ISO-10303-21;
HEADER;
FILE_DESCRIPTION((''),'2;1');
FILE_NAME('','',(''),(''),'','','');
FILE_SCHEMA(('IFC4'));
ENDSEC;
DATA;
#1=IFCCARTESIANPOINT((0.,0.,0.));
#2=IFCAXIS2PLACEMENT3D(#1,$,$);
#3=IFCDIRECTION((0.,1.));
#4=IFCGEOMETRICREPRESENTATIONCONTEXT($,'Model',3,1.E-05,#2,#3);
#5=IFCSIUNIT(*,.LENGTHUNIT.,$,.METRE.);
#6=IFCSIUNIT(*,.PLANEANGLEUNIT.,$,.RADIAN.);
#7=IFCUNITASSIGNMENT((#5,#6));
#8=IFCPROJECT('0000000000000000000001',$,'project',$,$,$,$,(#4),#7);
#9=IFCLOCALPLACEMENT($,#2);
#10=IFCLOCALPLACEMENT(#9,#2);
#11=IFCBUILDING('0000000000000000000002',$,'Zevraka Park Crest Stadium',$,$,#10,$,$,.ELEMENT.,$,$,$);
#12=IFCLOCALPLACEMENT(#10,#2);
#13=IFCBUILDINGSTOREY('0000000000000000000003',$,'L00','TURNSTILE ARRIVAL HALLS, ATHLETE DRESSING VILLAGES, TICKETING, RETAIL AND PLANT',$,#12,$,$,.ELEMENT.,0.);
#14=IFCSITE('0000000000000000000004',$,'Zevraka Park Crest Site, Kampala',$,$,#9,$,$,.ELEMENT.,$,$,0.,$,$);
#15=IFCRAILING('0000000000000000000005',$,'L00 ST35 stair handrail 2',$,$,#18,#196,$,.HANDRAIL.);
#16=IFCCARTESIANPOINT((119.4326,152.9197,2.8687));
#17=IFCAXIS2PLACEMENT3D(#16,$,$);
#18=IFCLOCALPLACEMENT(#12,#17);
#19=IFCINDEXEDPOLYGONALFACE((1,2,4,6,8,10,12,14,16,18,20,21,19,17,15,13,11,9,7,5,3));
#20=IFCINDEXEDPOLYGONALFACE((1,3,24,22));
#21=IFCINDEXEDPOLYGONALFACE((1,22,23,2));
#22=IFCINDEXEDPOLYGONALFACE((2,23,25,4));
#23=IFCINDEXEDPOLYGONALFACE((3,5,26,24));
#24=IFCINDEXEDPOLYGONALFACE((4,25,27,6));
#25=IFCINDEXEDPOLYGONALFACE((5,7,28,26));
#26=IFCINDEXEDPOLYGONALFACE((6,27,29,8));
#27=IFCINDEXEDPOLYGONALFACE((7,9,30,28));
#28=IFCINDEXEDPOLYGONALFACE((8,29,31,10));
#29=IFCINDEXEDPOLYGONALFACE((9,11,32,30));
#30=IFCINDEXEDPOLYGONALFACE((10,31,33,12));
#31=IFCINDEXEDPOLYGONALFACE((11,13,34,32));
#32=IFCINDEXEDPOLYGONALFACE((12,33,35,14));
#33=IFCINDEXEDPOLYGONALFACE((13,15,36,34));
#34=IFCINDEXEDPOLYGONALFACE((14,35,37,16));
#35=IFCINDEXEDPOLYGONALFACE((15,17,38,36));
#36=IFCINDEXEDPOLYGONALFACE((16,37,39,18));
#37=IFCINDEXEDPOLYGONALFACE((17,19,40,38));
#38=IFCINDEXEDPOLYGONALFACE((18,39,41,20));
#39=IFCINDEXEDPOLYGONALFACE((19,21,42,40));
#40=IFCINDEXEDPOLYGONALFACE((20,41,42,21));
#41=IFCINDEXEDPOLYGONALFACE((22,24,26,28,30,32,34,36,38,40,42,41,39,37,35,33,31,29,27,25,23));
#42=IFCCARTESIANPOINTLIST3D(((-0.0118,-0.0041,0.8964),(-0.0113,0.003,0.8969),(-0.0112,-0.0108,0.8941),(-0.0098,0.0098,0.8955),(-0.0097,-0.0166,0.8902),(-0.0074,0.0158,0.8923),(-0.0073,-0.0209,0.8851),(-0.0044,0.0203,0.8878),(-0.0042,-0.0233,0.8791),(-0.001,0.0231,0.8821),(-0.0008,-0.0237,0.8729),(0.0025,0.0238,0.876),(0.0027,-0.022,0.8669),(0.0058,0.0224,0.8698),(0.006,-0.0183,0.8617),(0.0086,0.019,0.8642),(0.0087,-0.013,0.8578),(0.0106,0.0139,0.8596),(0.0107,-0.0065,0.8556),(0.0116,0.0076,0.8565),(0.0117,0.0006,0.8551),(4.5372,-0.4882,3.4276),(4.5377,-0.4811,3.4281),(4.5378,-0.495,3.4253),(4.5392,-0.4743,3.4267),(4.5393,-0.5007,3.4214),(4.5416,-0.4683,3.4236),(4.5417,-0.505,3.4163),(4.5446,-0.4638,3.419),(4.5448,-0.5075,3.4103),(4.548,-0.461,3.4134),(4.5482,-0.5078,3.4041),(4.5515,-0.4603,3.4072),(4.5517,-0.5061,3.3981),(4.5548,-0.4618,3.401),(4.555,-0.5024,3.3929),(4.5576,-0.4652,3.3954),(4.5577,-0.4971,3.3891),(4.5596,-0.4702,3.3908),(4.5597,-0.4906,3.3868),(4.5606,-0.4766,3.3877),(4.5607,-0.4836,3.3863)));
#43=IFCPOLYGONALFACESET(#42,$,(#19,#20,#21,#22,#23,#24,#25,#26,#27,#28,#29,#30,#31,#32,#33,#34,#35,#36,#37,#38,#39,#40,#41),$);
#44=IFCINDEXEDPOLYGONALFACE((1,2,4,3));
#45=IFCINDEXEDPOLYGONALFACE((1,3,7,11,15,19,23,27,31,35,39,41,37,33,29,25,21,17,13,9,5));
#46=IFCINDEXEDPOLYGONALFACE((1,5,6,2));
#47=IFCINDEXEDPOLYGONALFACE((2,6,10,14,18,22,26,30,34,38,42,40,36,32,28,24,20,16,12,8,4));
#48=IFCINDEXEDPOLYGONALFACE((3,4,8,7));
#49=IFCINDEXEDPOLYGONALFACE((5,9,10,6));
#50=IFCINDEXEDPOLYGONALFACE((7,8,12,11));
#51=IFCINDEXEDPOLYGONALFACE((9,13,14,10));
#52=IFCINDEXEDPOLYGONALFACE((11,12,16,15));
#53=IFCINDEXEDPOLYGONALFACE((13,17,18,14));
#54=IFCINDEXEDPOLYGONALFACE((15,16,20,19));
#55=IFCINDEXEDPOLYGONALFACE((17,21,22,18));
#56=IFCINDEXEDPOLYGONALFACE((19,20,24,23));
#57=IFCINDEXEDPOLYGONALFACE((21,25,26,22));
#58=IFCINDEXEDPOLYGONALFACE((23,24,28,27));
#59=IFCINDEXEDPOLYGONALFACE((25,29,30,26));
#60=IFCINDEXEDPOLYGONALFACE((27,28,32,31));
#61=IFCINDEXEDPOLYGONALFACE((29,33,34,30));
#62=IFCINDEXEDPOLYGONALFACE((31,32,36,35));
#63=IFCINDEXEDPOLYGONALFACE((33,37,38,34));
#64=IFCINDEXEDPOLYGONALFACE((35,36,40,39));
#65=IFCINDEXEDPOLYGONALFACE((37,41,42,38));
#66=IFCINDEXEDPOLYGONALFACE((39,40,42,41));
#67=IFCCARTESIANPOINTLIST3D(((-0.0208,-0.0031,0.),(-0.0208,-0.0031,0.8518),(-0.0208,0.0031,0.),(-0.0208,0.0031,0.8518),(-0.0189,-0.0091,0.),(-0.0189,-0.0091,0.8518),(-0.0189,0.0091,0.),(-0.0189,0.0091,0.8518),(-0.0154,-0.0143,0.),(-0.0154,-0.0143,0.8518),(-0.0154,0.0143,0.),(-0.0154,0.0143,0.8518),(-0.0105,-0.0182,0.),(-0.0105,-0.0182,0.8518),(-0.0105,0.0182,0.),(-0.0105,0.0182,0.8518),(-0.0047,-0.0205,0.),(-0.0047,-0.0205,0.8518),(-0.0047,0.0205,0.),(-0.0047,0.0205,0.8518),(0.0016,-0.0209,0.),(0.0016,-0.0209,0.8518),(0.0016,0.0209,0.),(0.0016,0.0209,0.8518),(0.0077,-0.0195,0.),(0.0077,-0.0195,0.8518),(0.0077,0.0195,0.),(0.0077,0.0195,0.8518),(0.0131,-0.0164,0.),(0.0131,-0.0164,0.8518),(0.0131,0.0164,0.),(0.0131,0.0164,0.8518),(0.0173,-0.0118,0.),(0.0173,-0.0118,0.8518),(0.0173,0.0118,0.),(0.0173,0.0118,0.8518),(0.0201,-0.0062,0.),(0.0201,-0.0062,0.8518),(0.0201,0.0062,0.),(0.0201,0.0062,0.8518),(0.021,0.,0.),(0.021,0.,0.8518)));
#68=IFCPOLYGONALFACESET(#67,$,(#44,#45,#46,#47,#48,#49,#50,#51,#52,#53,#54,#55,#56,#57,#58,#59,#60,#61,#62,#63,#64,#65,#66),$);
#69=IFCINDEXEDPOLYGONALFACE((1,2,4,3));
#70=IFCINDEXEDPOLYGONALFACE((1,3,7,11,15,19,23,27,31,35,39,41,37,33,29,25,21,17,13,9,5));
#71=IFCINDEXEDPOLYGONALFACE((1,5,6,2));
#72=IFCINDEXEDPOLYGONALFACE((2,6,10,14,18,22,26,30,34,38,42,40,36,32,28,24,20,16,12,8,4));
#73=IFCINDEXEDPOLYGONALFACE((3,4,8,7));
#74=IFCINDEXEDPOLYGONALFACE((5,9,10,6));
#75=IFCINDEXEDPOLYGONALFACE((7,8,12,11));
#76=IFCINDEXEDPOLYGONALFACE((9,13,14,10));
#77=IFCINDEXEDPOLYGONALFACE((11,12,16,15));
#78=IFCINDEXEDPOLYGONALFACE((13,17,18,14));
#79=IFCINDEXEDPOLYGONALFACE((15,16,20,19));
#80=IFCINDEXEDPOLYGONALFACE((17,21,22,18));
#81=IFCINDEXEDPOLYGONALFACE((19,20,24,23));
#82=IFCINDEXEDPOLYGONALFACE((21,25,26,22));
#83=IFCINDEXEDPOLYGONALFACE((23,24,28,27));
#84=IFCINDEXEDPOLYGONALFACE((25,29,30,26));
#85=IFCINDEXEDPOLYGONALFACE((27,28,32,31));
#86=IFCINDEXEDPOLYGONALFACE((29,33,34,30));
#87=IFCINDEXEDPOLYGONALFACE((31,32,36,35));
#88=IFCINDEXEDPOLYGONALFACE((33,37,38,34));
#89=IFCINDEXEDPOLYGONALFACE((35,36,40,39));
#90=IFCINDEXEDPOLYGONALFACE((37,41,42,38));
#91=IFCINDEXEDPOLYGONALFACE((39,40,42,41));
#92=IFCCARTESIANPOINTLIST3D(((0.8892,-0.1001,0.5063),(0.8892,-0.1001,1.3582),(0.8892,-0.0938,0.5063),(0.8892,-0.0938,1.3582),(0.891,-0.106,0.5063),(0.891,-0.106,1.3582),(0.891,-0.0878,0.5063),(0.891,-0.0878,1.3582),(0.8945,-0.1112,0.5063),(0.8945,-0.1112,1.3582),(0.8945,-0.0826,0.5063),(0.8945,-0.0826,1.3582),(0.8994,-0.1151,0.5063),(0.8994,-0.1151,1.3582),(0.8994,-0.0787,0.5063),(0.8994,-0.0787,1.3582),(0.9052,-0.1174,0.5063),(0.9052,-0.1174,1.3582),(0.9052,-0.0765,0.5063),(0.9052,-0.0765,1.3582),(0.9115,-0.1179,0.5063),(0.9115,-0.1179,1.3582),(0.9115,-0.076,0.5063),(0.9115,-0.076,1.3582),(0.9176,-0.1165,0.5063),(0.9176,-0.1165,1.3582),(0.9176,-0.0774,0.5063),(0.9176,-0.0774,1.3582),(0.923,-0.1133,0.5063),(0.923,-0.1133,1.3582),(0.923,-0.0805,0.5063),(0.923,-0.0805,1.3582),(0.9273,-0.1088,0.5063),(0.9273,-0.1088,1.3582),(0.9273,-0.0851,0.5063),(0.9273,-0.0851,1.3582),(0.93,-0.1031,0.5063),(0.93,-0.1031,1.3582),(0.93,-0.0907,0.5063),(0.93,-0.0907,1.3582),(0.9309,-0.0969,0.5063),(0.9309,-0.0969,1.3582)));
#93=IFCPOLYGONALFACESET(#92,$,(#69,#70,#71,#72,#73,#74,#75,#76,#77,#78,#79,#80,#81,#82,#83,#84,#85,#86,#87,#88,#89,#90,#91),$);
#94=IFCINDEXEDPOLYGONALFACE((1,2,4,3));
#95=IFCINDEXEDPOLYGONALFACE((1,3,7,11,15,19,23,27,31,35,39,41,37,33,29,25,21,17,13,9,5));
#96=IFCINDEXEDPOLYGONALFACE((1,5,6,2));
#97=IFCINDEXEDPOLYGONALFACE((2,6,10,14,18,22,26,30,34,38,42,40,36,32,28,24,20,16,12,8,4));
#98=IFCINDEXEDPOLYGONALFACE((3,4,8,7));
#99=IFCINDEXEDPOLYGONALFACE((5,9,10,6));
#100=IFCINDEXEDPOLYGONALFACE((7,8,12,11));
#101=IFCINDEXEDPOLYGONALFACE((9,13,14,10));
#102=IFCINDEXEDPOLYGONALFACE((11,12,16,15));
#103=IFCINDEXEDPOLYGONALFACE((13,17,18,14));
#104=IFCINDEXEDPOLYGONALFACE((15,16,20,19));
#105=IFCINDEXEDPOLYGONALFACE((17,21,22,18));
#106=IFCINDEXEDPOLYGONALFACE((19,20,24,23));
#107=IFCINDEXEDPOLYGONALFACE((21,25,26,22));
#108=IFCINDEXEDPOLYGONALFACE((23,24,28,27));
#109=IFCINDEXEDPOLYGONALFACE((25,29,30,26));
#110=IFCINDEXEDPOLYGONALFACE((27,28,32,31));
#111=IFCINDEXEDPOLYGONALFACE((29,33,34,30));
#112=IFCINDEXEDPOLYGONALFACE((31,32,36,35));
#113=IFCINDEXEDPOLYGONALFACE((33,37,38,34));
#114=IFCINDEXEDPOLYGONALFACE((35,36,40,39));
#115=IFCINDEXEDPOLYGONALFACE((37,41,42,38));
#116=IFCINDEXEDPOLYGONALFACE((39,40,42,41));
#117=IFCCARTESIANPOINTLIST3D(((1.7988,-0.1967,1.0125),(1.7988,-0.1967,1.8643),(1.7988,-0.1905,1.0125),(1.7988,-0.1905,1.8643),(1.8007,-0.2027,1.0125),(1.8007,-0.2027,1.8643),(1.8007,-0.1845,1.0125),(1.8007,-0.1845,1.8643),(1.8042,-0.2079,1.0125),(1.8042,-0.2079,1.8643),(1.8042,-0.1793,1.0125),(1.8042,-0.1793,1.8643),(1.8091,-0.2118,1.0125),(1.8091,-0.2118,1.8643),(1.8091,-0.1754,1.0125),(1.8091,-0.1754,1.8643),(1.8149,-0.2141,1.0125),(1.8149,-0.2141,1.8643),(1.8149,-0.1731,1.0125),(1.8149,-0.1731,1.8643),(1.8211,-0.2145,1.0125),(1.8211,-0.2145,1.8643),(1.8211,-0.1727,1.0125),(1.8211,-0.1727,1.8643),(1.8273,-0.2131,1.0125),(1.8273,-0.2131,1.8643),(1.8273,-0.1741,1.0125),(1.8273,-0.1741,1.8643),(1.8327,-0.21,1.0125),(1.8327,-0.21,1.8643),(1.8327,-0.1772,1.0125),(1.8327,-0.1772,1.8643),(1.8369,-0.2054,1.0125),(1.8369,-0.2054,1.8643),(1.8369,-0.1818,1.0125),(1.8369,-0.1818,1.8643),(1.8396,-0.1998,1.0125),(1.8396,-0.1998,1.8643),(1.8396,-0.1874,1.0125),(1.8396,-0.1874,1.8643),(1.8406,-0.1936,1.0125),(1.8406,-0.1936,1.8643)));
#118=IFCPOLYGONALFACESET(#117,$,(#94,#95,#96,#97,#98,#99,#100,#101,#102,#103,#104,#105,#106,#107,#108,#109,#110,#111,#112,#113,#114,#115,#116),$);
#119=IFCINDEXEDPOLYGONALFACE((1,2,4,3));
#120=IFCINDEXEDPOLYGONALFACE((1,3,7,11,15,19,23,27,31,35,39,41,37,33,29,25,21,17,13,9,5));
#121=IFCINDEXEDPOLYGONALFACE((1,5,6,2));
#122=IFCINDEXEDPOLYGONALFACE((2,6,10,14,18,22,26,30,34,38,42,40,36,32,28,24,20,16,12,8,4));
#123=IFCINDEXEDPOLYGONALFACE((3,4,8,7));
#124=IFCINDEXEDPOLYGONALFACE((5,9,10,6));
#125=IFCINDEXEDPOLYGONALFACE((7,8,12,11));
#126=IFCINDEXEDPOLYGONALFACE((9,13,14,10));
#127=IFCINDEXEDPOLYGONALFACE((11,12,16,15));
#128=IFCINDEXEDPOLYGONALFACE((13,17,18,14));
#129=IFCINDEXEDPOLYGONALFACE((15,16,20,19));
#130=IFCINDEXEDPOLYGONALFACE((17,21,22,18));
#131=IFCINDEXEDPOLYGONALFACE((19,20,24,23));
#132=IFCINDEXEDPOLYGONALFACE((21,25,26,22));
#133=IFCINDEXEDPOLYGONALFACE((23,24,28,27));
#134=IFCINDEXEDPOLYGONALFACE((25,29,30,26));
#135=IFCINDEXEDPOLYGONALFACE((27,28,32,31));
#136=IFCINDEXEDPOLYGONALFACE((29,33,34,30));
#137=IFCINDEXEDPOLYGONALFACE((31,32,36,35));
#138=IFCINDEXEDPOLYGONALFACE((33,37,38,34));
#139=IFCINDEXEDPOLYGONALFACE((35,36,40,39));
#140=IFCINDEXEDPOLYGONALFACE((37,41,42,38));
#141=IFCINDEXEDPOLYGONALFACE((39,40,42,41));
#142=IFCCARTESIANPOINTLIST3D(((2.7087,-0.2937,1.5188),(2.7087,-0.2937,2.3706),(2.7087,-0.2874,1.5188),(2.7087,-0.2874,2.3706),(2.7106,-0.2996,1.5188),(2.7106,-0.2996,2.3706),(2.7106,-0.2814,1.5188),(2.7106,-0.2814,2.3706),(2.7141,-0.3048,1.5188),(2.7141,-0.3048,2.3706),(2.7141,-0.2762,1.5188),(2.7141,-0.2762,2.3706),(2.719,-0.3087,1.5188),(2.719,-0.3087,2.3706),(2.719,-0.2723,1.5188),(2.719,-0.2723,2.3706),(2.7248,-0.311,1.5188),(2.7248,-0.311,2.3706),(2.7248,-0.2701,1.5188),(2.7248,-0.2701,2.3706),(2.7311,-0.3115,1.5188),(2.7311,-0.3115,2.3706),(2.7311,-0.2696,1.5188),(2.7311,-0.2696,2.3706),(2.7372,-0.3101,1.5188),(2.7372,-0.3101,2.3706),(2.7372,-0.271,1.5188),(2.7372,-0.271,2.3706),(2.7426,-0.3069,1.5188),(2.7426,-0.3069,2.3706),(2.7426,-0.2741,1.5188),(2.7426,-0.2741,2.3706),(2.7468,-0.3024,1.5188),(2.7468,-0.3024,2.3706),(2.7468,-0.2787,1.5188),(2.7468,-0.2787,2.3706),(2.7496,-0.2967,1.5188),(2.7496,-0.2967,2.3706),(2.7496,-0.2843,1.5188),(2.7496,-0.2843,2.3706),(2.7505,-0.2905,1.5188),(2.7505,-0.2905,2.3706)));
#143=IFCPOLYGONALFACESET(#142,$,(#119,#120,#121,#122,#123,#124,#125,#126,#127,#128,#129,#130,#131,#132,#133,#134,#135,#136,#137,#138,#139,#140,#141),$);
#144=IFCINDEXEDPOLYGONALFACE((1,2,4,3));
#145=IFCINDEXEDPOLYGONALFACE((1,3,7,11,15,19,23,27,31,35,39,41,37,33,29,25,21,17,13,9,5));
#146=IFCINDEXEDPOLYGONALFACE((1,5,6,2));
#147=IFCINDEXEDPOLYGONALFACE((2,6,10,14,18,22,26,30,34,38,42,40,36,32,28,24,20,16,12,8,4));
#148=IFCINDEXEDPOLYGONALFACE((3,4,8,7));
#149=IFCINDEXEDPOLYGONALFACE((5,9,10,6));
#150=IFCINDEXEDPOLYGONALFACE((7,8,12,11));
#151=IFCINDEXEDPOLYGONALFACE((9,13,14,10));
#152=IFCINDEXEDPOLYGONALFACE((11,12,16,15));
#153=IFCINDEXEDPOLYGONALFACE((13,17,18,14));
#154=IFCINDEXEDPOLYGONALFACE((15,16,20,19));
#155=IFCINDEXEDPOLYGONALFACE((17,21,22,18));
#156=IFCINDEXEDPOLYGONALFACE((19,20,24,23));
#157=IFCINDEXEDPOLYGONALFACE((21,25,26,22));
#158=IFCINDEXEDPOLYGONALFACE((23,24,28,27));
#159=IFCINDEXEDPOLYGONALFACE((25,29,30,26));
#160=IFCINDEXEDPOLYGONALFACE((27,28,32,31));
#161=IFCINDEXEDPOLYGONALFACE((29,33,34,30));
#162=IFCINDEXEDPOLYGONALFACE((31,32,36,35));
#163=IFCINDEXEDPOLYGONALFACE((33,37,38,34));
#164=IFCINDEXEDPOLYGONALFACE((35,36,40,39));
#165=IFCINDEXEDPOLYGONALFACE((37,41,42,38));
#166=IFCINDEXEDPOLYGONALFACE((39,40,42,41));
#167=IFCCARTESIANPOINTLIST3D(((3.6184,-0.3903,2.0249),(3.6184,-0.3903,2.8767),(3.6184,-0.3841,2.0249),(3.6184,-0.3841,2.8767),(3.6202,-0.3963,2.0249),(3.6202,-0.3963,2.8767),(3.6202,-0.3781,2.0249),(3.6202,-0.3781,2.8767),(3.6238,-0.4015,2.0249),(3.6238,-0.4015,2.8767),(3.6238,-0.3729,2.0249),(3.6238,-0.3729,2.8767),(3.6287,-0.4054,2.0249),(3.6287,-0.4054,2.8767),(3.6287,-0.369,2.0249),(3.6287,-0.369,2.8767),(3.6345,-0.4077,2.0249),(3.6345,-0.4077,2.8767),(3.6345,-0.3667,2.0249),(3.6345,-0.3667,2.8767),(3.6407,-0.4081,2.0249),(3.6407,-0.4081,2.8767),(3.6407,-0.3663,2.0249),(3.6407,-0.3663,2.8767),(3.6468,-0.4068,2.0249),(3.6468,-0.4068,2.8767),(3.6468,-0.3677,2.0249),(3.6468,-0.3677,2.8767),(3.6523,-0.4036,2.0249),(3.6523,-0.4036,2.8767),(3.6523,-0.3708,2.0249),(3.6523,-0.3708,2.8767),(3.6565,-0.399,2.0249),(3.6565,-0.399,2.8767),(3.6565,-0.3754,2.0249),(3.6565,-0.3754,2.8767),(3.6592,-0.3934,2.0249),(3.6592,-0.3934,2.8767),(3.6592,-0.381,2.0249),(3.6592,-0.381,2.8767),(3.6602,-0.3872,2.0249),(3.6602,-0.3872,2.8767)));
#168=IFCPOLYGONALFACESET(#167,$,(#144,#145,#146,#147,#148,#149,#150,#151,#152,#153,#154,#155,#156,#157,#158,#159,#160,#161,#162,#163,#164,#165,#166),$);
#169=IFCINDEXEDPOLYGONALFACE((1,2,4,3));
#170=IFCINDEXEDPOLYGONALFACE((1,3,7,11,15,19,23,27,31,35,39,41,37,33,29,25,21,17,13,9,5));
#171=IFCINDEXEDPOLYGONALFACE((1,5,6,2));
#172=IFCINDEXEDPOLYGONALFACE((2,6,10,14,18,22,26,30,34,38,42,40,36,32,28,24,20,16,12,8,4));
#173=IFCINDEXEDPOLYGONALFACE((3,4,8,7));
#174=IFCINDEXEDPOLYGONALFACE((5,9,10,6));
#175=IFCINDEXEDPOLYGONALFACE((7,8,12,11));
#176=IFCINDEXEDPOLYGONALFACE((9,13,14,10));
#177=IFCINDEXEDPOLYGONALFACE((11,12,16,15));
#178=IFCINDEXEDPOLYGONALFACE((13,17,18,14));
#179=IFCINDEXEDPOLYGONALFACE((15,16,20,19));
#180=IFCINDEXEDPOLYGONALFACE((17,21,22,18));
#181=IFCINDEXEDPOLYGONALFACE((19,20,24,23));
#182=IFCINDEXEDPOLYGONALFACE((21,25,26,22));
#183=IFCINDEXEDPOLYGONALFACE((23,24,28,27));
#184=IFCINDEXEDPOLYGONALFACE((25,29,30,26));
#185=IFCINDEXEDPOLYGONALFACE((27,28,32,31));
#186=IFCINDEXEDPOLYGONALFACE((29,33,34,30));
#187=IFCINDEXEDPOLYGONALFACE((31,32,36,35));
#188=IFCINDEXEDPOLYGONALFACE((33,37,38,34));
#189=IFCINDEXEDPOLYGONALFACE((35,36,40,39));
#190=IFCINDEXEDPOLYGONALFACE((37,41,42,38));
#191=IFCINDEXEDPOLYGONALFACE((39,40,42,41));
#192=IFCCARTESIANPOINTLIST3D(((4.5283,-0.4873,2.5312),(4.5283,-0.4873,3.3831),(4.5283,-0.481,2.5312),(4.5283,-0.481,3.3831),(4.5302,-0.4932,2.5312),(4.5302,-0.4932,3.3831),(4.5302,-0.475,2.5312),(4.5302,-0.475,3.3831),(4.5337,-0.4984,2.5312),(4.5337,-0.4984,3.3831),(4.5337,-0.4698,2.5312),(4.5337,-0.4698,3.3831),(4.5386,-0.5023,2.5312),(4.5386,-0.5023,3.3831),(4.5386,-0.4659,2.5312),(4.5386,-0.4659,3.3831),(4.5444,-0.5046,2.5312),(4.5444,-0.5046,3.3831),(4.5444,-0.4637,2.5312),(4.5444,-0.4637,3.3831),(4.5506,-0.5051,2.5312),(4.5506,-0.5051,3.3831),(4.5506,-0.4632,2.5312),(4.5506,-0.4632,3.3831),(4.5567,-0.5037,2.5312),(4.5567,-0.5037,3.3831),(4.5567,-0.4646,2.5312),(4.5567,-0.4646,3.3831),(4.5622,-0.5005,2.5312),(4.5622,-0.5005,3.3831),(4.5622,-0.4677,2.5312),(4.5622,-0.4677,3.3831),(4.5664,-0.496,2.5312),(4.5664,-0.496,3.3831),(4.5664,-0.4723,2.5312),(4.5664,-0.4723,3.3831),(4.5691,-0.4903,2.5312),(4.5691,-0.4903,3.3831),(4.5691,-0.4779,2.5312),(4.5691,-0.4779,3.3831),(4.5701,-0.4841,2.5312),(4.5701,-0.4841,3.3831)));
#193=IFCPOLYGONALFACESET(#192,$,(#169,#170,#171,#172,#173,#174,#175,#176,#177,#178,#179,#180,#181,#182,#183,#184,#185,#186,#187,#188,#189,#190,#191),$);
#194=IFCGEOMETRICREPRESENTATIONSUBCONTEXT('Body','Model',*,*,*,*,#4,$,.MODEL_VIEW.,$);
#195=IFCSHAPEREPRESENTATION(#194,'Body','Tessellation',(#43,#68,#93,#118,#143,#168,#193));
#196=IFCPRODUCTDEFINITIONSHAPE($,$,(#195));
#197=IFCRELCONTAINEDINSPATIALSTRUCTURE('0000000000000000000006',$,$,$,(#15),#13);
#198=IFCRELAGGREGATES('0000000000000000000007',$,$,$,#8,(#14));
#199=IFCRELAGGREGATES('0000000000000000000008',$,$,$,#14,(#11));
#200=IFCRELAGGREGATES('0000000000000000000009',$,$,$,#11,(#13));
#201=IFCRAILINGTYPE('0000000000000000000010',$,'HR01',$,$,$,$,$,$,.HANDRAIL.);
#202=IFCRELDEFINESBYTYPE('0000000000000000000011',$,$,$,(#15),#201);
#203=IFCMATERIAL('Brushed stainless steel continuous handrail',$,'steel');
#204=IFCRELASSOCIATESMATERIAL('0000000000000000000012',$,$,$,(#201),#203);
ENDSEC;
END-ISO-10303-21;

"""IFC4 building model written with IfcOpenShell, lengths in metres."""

from ifc_helpers import new_model, si_unit, direction, frame, origin, origin_2d, place, context, subcontext, project, spatial, circle, extrude, material, type_object, element, save


model = new_model("IFC4")

# Units and contexts
model_context = context("Model", 3, precision=1e-05, world=origin(), true_north=direction((0.0, 1.0)))
body_context = subcontext(model_context, "Body", "Model", "MODEL_VIEW")
ifc_project = project(units=[si_unit("LENGTHUNIT", "METRE"), si_unit("PLANEANGLEUNIT", "RADIAN")], contexts=[model_context])

# Site, building, storey
site_placement = place(None, origin())
site = spatial("IfcSite", under=ifc_project, at=site_placement, Name="Zevraka Park Crest Site, Kampala", CompositionType="ELEMENT", RefElevation=0.0)
building_placement = place(site_placement, origin())
building = spatial("IfcBuilding", under=site, at=building_placement, Name="Zevraka Park Crest Stadium", CompositionType="ELEMENT")
storey_placement = place(building_placement, origin())
storey = spatial("IfcBuildingStorey", under=building, at=storey_placement, Name="L00", Description="TURNSTILE ARRIVAL HALLS, ATHLETE DRESSING VILLAGES, TICKETING, RETAIL AND PLANT", CompositionType="ELEMENT", Elevation=0.0)

# Railing
ifc_material_1 = material(Name="Brushed stainless steel continuous handrail", Category="steel")
railing_type_1 = type_object("IfcRailingType", Name="HR01", PredefinedType="HANDRAIL", material=ifc_material_1)
railing_1_placement = place(storey_placement, frame((119.4326, 152.9197, 2.8687)))
element("IfcRailing", 1, at=railing_1_placement, inside=storey, type_object=railing_type_1, Name="L00 ST35 stair handrail 2", PredefinedType="HANDRAIL", context=body_context, shape_type="SweptSolid", body=[
    extrude(circle(Radius=0.0239, at=origin_2d()), frame((0.0, 0.0, 0.876), z_axis=(0.870078, -0.092597, 0.484139), x_axis=(0.105826, 0.994385, 0.0)), (0.0, 0.0, 1.0), 5.2283),
    extrude(circle(Radius=0.021, at=origin_2d()), origin(), (0.0, 0.0, 1.0), 0.8518),
    extrude(circle(Radius=0.021, at=origin_2d()), frame((0.9099, -0.0969, 0.5063)), (0.0, 0.0, 1.0), 0.8518),
    extrude(circle(Radius=0.021, at=origin_2d()), frame((1.8196, -0.1936, 1.0125)), (0.0, 0.0, 1.0), 0.8518),
    extrude(circle(Radius=0.021, at=origin_2d()), frame((2.7295, -0.2905, 1.5188)), (0.0, 0.0, 1.0), 0.8518),
    extrude(circle(Radius=0.021, at=origin_2d()), frame((3.6392, -0.3872, 2.0249)), (0.0, 0.0, 1.0), 0.8518),
    extrude(circle(Radius=0.021, at=origin_2d()), frame((4.5491, -0.4841, 2.5312)), (0.0, 0.0, 1.0), 0.8518),
])

save(model, "model.ifc")
